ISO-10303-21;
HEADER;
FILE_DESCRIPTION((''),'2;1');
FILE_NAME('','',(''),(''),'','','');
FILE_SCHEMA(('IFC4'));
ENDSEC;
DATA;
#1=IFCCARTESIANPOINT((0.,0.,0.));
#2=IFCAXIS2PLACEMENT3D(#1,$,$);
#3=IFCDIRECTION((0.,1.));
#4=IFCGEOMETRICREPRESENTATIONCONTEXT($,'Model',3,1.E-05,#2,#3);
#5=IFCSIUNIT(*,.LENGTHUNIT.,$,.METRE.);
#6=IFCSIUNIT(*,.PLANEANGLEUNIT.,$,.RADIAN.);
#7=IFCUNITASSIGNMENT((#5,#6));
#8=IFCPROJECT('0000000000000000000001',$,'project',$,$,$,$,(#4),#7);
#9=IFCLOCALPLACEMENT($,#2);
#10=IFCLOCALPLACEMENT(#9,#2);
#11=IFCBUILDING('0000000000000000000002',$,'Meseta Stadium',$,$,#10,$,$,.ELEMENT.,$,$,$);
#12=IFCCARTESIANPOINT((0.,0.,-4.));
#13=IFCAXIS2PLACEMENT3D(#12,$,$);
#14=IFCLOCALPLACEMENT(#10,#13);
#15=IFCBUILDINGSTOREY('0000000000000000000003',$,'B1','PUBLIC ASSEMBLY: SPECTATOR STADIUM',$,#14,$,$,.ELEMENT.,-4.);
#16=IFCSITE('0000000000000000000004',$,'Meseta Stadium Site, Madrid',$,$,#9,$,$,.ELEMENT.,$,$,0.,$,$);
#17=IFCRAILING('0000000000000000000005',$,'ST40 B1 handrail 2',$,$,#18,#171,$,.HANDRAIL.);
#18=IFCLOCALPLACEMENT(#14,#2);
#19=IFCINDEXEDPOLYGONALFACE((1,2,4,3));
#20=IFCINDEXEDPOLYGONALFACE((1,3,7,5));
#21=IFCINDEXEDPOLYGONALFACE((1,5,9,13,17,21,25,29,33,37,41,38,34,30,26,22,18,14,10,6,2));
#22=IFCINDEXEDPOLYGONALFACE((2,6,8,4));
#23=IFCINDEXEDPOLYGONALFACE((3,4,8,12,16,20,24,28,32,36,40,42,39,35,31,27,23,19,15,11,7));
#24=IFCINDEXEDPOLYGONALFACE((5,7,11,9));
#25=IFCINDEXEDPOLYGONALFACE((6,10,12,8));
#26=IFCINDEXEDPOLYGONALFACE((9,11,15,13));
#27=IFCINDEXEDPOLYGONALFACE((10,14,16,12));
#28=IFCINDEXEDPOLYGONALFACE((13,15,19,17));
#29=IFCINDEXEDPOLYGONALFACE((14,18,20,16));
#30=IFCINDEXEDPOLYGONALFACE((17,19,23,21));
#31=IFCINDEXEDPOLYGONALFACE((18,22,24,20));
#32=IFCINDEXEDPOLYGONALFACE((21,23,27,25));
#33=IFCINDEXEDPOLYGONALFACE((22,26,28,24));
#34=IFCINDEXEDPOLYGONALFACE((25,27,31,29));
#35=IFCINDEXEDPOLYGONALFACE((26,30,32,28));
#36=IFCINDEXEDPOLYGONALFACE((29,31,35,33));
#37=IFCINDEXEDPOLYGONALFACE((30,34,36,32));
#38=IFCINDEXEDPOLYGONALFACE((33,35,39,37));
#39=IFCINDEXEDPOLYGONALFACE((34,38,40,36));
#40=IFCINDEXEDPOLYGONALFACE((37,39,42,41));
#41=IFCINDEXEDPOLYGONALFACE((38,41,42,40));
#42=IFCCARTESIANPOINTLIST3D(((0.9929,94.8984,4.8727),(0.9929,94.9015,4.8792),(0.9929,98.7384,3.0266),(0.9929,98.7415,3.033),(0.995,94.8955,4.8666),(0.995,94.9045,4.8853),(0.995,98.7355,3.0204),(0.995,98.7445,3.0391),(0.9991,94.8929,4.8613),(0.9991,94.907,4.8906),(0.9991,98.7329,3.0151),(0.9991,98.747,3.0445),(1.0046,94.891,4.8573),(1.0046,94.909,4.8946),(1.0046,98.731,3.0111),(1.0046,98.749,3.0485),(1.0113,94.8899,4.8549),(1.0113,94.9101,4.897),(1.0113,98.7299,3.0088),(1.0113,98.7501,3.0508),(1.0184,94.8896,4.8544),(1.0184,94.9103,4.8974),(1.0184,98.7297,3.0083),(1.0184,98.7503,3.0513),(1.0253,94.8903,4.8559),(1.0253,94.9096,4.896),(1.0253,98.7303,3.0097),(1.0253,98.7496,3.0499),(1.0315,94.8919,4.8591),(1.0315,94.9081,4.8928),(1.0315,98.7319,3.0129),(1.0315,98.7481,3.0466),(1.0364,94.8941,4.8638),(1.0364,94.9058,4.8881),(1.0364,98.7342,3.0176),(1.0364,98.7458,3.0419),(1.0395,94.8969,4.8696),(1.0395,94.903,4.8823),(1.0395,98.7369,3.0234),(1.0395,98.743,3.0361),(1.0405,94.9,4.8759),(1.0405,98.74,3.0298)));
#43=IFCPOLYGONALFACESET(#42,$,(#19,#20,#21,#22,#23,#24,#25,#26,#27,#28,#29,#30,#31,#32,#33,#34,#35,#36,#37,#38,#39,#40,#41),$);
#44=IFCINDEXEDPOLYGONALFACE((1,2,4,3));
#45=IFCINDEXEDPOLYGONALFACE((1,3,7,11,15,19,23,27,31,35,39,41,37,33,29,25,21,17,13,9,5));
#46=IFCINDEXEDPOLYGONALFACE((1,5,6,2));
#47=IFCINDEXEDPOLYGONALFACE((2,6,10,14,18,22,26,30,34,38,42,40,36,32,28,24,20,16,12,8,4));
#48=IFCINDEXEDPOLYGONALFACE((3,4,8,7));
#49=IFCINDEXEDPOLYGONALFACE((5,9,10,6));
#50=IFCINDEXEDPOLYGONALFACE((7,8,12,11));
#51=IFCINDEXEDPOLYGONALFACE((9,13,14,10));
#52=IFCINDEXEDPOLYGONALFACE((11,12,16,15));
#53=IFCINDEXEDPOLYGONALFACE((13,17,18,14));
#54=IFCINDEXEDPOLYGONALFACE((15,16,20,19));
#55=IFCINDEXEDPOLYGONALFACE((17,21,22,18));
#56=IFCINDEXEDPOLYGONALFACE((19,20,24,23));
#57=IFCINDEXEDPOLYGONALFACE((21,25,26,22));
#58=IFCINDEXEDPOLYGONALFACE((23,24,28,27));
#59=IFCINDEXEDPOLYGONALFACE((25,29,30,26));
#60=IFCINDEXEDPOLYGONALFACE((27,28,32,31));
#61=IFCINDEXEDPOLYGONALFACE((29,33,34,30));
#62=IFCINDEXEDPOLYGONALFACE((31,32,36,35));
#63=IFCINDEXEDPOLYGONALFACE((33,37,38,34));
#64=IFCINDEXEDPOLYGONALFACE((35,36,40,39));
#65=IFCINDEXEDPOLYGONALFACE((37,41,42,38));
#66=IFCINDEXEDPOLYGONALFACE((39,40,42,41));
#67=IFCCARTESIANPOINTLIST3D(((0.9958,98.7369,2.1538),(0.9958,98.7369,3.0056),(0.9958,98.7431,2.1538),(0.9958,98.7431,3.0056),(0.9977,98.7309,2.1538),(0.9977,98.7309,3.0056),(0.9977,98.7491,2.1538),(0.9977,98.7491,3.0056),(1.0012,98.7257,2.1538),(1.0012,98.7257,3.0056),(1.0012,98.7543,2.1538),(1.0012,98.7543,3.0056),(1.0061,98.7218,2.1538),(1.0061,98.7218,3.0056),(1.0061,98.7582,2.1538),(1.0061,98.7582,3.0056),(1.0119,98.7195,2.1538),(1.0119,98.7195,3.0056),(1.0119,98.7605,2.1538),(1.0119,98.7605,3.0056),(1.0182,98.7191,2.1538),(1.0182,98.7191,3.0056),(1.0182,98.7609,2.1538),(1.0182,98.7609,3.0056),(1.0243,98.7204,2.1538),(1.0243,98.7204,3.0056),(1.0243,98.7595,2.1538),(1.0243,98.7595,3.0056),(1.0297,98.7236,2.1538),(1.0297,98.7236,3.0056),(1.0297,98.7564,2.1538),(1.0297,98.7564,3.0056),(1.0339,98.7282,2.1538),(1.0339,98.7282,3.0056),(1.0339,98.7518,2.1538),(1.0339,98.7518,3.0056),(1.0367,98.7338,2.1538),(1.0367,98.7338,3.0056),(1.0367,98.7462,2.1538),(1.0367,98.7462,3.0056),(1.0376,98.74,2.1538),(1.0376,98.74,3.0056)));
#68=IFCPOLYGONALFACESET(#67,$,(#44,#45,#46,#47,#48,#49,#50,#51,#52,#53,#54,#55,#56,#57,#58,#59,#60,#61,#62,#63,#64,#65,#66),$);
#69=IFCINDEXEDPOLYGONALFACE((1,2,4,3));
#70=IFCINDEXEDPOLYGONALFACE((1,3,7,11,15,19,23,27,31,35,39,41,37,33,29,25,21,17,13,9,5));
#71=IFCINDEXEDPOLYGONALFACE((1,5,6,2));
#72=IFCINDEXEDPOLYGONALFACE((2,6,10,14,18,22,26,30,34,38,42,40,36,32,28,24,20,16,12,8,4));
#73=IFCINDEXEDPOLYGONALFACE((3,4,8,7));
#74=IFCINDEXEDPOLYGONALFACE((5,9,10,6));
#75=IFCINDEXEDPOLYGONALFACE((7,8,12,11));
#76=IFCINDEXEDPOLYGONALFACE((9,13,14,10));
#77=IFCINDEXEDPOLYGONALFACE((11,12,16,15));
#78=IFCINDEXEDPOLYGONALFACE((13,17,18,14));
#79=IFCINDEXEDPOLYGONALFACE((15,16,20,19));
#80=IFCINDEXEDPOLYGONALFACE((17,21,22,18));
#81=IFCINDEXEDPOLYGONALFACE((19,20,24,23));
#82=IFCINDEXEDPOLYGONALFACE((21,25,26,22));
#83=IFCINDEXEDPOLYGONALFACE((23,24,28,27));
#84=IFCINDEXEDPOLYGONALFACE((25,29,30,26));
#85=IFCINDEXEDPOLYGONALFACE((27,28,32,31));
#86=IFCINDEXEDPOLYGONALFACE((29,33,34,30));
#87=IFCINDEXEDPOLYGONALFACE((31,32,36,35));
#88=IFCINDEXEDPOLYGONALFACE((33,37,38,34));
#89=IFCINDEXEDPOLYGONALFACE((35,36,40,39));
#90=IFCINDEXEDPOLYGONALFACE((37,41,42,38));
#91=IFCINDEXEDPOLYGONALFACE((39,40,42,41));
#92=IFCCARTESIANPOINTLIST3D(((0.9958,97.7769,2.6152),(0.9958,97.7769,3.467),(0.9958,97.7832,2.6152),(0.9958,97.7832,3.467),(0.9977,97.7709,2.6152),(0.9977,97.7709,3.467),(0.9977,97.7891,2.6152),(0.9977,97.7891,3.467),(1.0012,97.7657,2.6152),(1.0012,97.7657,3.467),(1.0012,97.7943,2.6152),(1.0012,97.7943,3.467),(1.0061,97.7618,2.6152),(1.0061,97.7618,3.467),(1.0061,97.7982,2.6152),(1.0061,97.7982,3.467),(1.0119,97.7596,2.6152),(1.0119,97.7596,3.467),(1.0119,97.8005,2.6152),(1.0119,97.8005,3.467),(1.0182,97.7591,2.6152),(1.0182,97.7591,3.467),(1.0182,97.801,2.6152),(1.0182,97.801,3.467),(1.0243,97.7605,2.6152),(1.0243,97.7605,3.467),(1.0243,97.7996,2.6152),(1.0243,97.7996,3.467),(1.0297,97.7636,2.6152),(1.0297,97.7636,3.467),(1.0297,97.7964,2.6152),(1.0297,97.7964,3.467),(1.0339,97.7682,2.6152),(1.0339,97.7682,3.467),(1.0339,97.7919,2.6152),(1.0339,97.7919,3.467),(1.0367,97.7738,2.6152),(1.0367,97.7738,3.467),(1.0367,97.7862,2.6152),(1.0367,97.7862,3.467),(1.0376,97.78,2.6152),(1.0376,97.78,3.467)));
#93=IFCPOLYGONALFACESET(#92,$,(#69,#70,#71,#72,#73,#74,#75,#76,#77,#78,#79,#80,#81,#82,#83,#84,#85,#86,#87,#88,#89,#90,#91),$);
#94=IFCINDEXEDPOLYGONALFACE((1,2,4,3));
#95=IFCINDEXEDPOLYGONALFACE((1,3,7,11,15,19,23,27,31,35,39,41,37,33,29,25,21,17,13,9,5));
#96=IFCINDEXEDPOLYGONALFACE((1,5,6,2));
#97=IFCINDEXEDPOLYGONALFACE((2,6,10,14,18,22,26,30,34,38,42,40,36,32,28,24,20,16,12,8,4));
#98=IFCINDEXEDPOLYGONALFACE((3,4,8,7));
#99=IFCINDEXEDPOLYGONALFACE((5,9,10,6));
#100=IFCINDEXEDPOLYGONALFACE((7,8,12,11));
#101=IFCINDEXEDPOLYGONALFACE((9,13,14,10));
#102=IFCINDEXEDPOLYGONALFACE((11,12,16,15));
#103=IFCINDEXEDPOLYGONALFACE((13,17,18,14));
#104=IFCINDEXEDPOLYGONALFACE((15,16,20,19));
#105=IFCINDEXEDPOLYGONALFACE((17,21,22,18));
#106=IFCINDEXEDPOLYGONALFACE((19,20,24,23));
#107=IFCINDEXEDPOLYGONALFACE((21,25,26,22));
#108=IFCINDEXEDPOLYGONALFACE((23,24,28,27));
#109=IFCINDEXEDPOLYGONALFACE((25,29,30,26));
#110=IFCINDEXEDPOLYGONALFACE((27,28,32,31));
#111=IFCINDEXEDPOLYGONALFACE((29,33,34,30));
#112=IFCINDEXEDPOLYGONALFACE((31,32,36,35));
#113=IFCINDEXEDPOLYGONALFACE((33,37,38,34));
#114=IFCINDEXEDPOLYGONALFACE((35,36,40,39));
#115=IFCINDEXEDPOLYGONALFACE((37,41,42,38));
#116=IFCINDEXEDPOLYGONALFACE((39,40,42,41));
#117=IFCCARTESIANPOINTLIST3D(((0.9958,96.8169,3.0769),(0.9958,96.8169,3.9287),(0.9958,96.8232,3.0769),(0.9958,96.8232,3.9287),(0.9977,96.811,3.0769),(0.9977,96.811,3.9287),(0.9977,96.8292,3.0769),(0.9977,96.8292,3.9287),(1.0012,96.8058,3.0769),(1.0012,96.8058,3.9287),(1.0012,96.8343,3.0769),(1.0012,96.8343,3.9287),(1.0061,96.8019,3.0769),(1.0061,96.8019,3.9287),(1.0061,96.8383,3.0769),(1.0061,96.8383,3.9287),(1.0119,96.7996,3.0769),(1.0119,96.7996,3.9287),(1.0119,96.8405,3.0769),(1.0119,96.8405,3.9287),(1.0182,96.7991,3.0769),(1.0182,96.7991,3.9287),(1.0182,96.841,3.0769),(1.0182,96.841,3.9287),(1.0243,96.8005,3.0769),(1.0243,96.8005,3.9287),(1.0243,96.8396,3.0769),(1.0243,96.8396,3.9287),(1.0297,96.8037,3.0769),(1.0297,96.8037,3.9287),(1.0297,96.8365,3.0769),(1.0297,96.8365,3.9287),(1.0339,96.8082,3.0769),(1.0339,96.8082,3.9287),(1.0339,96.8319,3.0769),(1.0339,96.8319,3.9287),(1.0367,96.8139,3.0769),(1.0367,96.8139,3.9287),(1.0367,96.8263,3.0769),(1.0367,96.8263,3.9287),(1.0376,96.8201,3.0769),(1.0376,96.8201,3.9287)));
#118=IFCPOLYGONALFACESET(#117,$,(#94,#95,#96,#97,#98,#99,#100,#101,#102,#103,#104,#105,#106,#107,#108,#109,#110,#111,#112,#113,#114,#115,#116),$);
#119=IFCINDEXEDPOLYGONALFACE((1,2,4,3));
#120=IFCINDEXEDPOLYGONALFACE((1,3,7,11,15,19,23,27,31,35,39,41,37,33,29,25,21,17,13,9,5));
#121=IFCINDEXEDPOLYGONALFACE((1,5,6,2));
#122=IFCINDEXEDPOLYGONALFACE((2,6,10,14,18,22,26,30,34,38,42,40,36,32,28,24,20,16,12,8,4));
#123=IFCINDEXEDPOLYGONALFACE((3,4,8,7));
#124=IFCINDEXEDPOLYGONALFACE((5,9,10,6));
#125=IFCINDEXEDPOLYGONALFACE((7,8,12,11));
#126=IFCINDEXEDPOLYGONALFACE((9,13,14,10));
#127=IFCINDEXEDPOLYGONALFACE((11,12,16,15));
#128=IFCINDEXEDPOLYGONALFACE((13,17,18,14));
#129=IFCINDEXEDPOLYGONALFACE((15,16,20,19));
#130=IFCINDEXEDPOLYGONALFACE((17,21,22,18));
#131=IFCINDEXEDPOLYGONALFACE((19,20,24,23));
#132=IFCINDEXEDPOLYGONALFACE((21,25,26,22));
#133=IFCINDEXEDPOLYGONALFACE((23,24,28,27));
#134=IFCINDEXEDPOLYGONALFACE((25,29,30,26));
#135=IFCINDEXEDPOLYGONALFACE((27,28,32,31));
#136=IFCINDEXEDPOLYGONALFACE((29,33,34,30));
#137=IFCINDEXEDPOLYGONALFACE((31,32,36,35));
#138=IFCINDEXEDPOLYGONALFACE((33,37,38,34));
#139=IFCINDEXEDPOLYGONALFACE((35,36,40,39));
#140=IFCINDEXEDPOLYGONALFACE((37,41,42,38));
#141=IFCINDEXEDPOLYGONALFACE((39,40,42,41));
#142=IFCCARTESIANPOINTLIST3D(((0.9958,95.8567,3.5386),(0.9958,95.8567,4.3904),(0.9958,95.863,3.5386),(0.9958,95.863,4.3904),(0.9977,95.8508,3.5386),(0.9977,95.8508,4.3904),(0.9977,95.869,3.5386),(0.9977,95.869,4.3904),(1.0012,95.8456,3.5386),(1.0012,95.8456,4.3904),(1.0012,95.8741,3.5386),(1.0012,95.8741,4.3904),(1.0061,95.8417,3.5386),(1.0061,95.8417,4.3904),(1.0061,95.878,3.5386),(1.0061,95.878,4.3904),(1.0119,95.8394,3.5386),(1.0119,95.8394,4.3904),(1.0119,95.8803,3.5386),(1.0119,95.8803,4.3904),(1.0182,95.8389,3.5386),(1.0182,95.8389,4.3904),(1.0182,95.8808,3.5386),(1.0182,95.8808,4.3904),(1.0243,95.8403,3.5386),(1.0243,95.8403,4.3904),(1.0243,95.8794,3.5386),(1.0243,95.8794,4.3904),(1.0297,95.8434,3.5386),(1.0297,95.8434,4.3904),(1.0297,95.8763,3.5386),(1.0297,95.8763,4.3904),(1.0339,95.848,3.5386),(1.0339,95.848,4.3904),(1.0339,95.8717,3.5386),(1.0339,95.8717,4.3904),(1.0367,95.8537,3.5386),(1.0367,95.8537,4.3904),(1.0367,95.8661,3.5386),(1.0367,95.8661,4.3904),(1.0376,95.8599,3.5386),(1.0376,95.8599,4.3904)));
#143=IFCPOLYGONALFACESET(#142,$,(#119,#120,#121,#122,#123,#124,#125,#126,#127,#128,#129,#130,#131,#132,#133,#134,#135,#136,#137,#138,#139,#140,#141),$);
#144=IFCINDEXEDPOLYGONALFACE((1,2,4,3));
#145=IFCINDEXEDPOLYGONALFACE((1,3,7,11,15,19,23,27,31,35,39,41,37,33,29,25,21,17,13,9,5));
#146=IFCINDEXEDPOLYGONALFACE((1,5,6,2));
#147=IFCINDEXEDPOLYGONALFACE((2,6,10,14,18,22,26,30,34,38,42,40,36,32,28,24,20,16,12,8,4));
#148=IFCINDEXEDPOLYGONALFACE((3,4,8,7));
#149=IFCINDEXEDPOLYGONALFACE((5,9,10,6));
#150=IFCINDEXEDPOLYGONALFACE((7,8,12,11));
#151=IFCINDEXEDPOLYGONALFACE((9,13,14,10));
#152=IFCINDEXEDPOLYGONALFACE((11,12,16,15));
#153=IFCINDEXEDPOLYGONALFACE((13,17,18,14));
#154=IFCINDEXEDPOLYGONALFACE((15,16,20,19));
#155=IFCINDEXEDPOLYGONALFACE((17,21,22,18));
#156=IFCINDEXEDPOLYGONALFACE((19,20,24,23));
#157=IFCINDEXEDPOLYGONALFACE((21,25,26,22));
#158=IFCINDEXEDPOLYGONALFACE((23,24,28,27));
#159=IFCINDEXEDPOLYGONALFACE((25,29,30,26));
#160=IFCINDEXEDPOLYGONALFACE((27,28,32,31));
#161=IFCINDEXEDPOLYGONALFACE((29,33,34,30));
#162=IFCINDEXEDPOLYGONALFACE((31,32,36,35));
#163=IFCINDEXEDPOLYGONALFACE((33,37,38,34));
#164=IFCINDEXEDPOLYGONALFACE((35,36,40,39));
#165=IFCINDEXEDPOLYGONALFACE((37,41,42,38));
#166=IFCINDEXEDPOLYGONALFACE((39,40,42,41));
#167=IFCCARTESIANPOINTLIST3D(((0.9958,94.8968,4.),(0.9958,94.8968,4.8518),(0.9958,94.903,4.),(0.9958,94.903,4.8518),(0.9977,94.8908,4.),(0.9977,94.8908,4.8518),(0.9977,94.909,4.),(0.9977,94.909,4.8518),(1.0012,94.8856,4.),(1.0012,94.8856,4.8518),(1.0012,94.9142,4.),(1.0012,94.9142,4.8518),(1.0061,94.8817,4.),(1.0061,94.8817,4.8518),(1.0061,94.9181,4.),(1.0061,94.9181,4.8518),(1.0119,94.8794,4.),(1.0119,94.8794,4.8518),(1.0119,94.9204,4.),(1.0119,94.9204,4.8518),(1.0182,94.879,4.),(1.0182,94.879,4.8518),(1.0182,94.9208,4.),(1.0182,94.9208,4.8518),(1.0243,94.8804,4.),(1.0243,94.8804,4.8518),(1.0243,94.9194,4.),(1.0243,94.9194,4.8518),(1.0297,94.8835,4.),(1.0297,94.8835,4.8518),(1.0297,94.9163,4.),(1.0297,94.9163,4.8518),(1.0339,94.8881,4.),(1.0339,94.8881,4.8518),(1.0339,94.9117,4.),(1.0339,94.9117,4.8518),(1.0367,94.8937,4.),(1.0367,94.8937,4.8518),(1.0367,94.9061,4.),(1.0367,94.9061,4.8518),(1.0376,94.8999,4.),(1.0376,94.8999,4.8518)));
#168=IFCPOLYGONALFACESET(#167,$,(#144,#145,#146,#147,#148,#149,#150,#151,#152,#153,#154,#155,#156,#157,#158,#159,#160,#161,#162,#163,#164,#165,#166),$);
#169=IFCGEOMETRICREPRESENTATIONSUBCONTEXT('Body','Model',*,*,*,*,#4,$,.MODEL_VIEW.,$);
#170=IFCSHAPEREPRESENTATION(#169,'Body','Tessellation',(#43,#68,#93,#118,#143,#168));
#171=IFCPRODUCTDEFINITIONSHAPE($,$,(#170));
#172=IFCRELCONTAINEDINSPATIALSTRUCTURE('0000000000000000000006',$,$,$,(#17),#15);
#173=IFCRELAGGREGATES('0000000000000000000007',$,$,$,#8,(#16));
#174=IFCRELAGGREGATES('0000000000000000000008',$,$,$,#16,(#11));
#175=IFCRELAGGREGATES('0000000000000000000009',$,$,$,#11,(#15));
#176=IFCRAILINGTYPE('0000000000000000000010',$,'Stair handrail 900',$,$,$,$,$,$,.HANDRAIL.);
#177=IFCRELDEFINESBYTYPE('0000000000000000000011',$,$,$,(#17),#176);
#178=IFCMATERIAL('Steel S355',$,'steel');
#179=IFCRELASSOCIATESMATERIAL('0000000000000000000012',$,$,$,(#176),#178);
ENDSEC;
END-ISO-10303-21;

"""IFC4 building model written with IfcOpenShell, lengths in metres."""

from ifc_helpers import new_model, si_unit, direction, frame, origin, origin_2d, place, context, subcontext, project, spatial, circle, extrude, material, type_object, element, save


model = new_model("IFC4")

# Units and contexts
model_context = context("Model", 3, precision=1e-05, world=origin(), true_north=direction((0.0, 1.0)))
body_context = subcontext(model_context, "Body", "Model", "MODEL_VIEW")
ifc_project = project(units=[si_unit("LENGTHUNIT", "METRE"), si_unit("PLANEANGLEUNIT", "RADIAN")], contexts=[model_context])

# Site, building, storey
site_placement = place(None, origin())
site = spatial("IfcSite", under=ifc_project, at=site_placement, Name="Meseta Stadium Site, Madrid", CompositionType="ELEMENT", RefElevation=0.0)
building_placement = place(site_placement, origin())
building = spatial("IfcBuilding", under=site, at=building_placement, Name="Meseta Stadium", CompositionType="ELEMENT")
storey_placement = place(building_placement, frame((0.0, 0.0, -4.0)))
storey = spatial("IfcBuildingStorey", under=building, at=storey_placement, Name="B1", Description="PUBLIC ASSEMBLY: SPECTATOR STADIUM", CompositionType="ELEMENT", Elevation=-4.0)

# Railing
ifc_material_1 = material(Name="Steel S355", Category="steel")
railing_type_1 = type_object("IfcRailingType", Name="Stair handrail 900", PredefinedType="HANDRAIL", material=ifc_material_1)
railing_1_placement = place(storey_placement, frame((1.0166, 98.74, 2.1538)))
element("IfcRailing", 1, at=railing_1_placement, inside=storey, type_object=railing_type_1, Name="ST40 B1 handrail 2", PredefinedType="HANDRAIL", context=body_context, shape_type="SweptSolid", body=[
    extrude(circle(Radius=0.0239, at=origin_2d()), frame((0.0, 0.0, 0.876), z_axis=(0.0, -0.901253, 0.433294), x_axis=(1.0, 0.0, 0.0)), (0.0, 0.0, 1.0), 4.2607),
    extrude(circle(Radius=0.021, at=origin_2d()), origin(), (0.0, 0.0, 1.0), 0.8518),
    extrude(circle(Radius=0.021, at=origin_2d()), frame((0.0, -0.96, 0.4614)), (0.0, 0.0, 1.0), 0.8518),
    extrude(circle(Radius=0.021, at=origin_2d()), frame((0.0, -1.9199, 0.9231)), (0.0, 0.0, 1.0), 0.8518),
    extrude(circle(Radius=0.021, at=origin_2d()), frame((0.0, -2.8801, 1.3848)), (0.0, 0.0, 1.0), 0.8518),
    extrude(circle(Radius=0.021, at=origin_2d()), frame((0.0, -3.8401, 1.8462)), (0.0, 0.0, 1.0), 0.8518),
])

save(model, "model.ifc")
